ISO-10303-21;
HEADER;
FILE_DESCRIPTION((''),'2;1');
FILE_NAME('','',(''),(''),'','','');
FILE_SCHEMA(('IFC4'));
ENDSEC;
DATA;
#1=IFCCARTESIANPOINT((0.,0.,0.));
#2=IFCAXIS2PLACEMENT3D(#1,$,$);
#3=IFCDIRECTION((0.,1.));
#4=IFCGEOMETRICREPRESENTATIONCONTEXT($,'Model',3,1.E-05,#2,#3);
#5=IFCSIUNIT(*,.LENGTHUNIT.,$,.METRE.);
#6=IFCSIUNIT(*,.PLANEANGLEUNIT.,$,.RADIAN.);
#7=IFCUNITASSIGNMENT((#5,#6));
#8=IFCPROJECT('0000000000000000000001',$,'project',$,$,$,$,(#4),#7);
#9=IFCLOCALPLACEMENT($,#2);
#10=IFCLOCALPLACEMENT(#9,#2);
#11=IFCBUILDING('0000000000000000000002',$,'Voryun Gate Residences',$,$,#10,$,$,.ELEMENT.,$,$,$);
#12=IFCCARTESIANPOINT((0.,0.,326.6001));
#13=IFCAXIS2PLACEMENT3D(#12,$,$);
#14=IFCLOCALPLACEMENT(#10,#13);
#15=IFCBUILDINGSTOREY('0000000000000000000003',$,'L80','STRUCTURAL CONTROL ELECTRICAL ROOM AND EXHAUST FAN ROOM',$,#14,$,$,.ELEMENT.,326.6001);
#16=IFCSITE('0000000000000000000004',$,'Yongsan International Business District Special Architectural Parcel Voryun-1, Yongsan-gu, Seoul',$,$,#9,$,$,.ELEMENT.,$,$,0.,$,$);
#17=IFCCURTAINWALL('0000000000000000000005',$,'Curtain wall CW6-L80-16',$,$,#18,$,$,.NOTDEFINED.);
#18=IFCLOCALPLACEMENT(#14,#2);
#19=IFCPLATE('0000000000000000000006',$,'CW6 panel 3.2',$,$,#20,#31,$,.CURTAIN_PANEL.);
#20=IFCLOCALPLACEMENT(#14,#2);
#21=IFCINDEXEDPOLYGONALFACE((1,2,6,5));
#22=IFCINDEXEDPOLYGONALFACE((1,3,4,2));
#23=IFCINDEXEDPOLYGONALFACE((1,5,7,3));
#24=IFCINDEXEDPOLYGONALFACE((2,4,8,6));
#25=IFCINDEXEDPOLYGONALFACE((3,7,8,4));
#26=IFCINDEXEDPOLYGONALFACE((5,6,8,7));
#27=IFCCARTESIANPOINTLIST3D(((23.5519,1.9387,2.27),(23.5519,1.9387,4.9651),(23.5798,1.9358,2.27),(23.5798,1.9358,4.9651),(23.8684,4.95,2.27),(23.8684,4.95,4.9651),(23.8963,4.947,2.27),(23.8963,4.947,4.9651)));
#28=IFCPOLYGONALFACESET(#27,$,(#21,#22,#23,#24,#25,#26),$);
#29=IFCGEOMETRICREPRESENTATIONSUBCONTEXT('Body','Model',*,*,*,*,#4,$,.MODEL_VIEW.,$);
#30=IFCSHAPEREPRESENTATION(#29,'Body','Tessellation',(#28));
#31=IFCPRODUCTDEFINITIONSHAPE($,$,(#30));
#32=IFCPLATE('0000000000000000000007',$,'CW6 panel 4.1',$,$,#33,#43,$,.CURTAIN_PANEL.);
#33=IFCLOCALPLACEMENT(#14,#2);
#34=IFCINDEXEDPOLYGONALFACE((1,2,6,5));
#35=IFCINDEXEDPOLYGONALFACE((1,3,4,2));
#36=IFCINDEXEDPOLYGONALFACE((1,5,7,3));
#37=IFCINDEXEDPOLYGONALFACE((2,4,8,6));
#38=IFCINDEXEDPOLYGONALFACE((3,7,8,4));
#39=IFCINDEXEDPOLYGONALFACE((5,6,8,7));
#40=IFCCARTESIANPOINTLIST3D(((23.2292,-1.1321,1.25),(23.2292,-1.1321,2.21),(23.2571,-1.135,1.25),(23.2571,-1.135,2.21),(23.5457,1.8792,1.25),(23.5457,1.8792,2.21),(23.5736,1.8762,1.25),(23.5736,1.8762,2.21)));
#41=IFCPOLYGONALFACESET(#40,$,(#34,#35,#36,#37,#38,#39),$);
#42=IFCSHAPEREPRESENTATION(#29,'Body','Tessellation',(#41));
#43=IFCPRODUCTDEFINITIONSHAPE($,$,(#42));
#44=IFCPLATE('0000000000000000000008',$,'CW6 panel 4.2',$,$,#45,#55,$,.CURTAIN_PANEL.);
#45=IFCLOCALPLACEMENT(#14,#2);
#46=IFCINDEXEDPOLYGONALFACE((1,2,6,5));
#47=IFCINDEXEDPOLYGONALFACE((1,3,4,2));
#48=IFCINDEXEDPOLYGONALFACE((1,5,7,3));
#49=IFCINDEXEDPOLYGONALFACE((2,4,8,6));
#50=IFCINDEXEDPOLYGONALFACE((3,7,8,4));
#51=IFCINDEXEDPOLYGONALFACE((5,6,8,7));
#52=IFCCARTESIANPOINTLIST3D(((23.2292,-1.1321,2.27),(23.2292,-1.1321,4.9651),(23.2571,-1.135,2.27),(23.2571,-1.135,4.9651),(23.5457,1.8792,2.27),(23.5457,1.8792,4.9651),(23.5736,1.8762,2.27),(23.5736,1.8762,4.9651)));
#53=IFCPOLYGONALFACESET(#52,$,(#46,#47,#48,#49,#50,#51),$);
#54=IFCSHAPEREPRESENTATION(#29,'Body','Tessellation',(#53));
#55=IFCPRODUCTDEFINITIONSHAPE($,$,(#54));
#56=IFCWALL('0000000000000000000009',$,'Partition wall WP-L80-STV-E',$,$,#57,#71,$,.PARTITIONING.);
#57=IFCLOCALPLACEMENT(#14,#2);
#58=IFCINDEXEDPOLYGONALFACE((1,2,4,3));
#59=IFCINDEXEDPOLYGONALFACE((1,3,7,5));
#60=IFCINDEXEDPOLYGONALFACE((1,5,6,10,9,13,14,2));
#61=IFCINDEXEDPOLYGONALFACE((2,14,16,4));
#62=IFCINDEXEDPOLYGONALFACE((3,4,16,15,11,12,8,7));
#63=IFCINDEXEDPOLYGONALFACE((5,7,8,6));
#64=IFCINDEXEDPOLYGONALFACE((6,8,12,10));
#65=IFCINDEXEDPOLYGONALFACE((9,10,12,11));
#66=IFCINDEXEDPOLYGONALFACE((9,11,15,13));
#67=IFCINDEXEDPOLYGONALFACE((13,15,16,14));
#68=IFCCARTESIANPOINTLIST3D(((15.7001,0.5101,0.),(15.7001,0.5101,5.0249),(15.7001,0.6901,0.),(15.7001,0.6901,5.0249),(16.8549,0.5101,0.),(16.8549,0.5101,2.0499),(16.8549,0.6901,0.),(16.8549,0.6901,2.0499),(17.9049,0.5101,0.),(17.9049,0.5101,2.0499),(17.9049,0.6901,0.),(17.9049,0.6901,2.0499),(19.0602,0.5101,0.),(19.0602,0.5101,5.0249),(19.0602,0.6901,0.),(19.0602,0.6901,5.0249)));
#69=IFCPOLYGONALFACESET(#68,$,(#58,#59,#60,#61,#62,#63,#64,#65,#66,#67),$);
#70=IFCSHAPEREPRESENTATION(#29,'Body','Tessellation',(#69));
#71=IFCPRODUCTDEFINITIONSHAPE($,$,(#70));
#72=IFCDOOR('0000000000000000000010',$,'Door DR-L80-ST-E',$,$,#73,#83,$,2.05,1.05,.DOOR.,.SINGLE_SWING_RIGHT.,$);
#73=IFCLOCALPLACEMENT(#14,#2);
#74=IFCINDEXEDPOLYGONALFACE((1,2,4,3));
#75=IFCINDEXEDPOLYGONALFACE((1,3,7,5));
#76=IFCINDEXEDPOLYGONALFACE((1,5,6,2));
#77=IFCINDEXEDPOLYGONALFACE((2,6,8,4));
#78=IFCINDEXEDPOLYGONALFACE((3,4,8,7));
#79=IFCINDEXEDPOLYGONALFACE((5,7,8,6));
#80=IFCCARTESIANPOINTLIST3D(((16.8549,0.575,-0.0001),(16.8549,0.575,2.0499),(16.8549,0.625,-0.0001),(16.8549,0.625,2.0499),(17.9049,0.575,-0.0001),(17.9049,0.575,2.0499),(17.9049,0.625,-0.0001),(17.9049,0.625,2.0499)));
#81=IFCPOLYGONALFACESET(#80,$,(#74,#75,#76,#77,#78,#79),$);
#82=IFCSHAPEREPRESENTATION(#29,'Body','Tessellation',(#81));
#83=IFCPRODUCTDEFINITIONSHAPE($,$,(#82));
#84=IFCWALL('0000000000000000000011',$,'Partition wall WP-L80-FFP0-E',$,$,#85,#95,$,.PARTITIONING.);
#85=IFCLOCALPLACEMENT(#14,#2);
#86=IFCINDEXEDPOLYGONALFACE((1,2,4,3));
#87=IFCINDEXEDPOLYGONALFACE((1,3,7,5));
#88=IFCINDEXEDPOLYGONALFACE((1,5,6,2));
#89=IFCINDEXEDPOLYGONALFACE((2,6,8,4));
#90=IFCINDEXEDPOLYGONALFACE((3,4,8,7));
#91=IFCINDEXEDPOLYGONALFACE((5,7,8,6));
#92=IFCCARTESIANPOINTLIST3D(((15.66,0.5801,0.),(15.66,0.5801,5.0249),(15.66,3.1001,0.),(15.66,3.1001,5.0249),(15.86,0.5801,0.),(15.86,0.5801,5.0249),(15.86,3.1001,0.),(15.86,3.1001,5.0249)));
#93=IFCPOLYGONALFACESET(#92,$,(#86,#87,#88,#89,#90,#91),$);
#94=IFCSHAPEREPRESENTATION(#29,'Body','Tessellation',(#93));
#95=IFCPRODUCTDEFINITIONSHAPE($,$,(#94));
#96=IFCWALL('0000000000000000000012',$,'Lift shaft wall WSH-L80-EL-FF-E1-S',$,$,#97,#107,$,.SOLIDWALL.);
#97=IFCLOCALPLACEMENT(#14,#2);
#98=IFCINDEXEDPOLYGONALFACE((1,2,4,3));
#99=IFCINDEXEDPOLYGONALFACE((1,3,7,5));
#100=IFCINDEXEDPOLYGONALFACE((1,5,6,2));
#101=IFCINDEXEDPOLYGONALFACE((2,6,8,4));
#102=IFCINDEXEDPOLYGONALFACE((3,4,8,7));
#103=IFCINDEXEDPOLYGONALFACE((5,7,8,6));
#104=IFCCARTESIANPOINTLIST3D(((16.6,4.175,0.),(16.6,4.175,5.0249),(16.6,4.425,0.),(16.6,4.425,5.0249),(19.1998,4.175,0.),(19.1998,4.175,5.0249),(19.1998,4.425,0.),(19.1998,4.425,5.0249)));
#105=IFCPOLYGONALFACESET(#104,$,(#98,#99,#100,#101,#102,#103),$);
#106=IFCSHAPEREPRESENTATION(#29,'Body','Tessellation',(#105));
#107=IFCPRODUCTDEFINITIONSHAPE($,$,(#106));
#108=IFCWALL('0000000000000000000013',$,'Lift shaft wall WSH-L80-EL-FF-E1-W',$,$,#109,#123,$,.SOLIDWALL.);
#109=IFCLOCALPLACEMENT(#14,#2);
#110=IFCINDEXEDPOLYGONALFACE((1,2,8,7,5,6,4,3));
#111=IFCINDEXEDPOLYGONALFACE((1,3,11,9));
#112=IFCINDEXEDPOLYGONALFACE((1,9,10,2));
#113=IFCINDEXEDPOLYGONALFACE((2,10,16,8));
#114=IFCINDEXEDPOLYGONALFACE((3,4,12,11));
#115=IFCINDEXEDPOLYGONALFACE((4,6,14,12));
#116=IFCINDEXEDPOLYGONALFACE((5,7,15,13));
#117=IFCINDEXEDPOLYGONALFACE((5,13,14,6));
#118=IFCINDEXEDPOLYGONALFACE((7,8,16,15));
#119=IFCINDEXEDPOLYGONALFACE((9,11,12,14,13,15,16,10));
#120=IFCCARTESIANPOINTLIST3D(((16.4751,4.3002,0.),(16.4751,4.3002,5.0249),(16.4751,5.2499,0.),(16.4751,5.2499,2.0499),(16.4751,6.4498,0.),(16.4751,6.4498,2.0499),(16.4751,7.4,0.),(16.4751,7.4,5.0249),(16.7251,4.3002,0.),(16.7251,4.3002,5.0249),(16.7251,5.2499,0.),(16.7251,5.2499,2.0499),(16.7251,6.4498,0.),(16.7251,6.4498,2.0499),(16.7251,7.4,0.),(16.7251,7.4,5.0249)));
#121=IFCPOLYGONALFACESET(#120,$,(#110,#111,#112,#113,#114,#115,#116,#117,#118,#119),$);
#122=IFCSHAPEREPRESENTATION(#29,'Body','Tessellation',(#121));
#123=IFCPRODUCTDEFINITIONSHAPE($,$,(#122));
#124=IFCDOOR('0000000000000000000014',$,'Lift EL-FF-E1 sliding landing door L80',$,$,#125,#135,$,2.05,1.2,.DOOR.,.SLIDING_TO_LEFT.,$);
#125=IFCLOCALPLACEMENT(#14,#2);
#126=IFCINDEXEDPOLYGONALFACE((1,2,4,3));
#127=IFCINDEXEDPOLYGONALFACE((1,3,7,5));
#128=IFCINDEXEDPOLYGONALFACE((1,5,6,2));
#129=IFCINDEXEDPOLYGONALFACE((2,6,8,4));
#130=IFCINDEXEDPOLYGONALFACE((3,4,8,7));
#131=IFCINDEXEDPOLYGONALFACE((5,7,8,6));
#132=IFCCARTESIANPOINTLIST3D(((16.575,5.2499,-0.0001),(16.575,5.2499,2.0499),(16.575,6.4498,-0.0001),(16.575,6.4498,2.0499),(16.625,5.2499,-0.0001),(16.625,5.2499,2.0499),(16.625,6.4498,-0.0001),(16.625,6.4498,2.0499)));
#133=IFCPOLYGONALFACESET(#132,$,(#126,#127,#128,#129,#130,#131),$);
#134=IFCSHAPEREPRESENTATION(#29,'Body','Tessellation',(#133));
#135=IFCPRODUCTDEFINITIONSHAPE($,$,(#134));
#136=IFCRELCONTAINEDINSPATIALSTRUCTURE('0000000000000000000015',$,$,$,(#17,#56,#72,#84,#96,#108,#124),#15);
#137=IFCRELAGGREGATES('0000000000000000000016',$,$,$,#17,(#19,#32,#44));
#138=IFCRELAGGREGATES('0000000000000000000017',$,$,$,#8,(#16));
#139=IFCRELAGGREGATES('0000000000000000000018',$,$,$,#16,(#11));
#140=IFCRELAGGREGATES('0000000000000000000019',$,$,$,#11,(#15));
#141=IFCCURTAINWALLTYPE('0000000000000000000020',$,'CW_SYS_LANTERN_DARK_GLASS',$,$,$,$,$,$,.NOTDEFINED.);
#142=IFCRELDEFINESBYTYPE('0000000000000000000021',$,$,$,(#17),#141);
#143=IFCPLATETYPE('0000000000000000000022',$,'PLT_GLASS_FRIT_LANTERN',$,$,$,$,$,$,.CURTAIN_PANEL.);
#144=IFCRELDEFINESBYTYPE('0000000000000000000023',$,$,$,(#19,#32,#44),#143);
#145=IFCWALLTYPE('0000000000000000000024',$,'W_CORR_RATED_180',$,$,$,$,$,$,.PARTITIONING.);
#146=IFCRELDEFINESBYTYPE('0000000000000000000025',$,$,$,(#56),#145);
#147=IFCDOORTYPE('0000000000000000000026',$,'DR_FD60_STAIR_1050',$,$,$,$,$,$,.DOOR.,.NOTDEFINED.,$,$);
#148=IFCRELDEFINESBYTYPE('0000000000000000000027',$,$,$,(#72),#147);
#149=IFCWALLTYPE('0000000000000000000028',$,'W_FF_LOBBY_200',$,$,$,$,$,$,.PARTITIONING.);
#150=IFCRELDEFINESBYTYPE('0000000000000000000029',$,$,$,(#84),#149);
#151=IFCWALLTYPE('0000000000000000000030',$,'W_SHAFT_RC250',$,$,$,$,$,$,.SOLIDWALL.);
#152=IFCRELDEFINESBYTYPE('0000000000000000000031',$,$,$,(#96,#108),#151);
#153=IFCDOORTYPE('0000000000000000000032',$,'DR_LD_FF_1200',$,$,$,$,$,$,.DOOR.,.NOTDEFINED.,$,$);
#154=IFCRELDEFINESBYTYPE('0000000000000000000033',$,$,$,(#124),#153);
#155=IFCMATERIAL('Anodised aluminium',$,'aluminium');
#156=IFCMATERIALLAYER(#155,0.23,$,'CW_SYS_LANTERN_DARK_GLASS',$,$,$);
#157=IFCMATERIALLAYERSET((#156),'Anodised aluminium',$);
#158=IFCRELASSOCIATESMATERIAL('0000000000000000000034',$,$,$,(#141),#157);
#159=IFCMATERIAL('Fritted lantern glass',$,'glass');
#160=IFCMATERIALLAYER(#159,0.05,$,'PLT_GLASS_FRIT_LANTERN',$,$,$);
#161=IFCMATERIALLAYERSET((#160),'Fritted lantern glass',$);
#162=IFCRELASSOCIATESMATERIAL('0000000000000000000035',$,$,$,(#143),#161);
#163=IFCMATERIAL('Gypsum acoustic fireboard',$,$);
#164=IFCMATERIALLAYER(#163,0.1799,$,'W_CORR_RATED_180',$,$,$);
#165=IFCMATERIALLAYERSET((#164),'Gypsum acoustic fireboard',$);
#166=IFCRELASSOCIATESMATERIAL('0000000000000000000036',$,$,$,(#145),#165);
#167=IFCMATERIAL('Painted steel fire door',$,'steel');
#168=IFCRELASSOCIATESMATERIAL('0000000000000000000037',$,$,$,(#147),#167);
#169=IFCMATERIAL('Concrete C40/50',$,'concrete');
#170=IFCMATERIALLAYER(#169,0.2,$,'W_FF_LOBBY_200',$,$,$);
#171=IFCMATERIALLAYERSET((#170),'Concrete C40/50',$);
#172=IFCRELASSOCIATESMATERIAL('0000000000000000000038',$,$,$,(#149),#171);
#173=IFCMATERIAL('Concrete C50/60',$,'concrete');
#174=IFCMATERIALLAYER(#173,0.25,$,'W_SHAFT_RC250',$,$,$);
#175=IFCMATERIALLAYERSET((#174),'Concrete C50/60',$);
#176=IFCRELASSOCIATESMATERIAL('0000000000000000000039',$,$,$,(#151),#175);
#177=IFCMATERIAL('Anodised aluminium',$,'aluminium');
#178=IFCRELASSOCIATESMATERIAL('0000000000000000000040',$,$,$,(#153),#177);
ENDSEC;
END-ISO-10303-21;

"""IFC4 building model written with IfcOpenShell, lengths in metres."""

from ifc_helpers import new_model, si_unit, direction, frame, frame_2d, origin, origin_2d, place, context, subcontext, project, spatial, rectangle, extrude, material, layer, layer_set, type_object, element, fill, aggregate, save


model = new_model("IFC4")

# Units and contexts
model_context = context("Model", 3, precision=1e-05, world=origin(), true_north=direction((0.0, 1.0)))
body_context = subcontext(model_context, "Body", "Model", "MODEL_VIEW")
ifc_project = project(units=[si_unit("LENGTHUNIT", "METRE"), si_unit("PLANEANGLEUNIT", "RADIAN")], contexts=[model_context])

# Site, building, storey
site_placement = place(None, origin())
site = spatial("IfcSite", under=ifc_project, at=site_placement, Name="Yongsan International Business District Special Architectural Parcel Voryun-1, Yongsan-gu, Seoul", CompositionType="ELEMENT", RefElevation=0.0)
building_placement = place(site_placement, origin())
building = spatial("IfcBuilding", under=site, at=building_placement, Name="Voryun Gate Residences", CompositionType="ELEMENT")
storey_placement = place(building_placement, frame((0.0, 0.0, 326.6001)))
storey = spatial("IfcBuildingStorey", under=building, at=storey_placement, Name="L80", Description="STRUCTURAL CONTROL ELECTRICAL ROOM AND EXHAUST FAN ROOM", CompositionType="ELEMENT", Elevation=326.6001)

# Curtain wall
ifc_material_1 = material(Name="Anodised aluminium", Category="aluminium")
ifc_layer_1 = layer(ifc_material_1, 0.23, Name="CW_SYS_LANTERN_DARK_GLASS")
ifc_layer_set_1 = layer_set([ifc_layer_1], Name="Anodised aluminium")
curtain_wall_type = type_object("IfcCurtainWallType", Name="CW_SYS_LANTERN_DARK_GLASS", PredefinedType="NOTDEFINED", material=ifc_layer_set_1)
curtain_wall_placement = place(storey_placement, origin())
curtain_wall = element("IfcCurtainWall", 1, at=curtain_wall_placement, inside=storey, type_object=curtain_wall_type, Name="Curtain wall CW6-L80-16", PredefinedType="NOTDEFINED")

# Plates
ifc_material_2 = material(Name="Fritted lantern glass", Category="glass")
ifc_layer_2 = layer(ifc_material_2, 0.05, Name="PLT_GLASS_FRIT_LANTERN")
ifc_layer_set_2 = layer_set([ifc_layer_2], Name="Fritted lantern glass")
plate_type_1 = type_object("IfcPlateType", Name="PLT_GLASS_FRIT_LANTERN", PredefinedType="CURTAIN_PANEL", material=ifc_layer_set_2)
plate_1_placement = place(storey_placement, frame((23.7241, 3.4429, 2.27), z_axis=(0.0, 0.0, 1.0), x_axis=(-0.104528, -0.994522, 0.0)))
plate_1 = element("IfcPlate", 2, at=plate_1_placement, type_object=plate_type_1, Name="CW6 panel 3.2", PredefinedType="CURTAIN_PANEL", context=body_context, shape_type="SweptSolid", body=[
    extrude(rectangle(XDim=3.0278, YDim=0.0281, at=origin_2d()), origin(), (0.0, 0.0, 1.0), 2.6951),
])
plate_2_placement = place(storey_placement, frame((23.4014, 0.3721, 1.25), z_axis=(0.0, 0.0, 1.0), x_axis=(-0.104528, -0.994522, 0.0)))
plate_2 = element("IfcPlate", 3, at=plate_2_placement, type_object=plate_type_1, Name="CW6 panel 4.1", PredefinedType="CURTAIN_PANEL", context=body_context, shape_type="SweptSolid", body=[
    extrude(rectangle(XDim=3.0278, YDim=0.0281, at=origin_2d()), origin(), (0.0, 0.0, 1.0), 0.96),
])
plate_3_placement = place(storey_placement, frame((23.4014, 0.3721, 2.27), z_axis=(0.0, 0.0, 1.0), x_axis=(-0.104528, -0.994522, 0.0)))
plate_3 = element("IfcPlate", 4, at=plate_3_placement, type_object=plate_type_1, Name="CW6 panel 4.2", PredefinedType="CURTAIN_PANEL", context=body_context, shape_type="SweptSolid", body=[
    extrude(rectangle(XDim=3.0278, YDim=0.0281, at=origin_2d()), origin(), (0.0, 0.0, 1.0), 2.6951),
])
aggregate(curtain_wall, [plate_1, plate_2, plate_3])

# Wall, opening, door
ifc_material_3 = material(Name="Gypsum acoustic fireboard")
ifc_layer_3 = layer(ifc_material_3, 0.1799, Name="W_CORR_RATED_180")
ifc_layer_set_3 = layer_set([ifc_layer_3], Name="Gypsum acoustic fireboard")
wall_type_1 = type_object("IfcWallType", Name="W_CORR_RATED_180", PredefinedType="PARTITIONING", material=ifc_layer_set_3)
wall_1_placement = place(storey_placement, frame((15.7, 0.6001, 0.0), z_axis=(0.0, 0.0, 1.0), x_axis=(1.0, 0.0, 0.0)))
wall_1 = element("IfcWall", 5, at=wall_1_placement, inside=storey, type_object=wall_type_1, Name="Partition wall WP-L80-STV-E", PredefinedType="PARTITIONING", context=body_context, shape_type="SweptSolid", body=[
    extrude(rectangle(XDim=3.3601, YDim=0.1799, at=frame_2d((1.6802, 0.0))), origin(), (0.0, 0.0, 1.0), 5.0249),
])
opening_1_placement = place(wall_1_placement, frame((1.155, 0.0, 0.0)))
opening_1 = element("IfcOpeningElement", 6, at=opening_1_placement, cuts=wall_1, PredefinedType="OPENING", context=body_context, shape_type="SweptSolid", body=[
    extrude(rectangle(XDim=1.05, YDim=2.05, at=frame_2d((0.5249, 1.0249))), frame((0.0, 0.0999, 0.0), z_axis=(0.0, -1.0, 0.0), x_axis=(1.0, 0.0, 0.0)), (0.0, 0.0, 1.0), 0.2),
])
ifc_material_4 = material(Name="Painted steel fire door", Category="steel")
door_type_1 = type_object("IfcDoorType", Name="DR_FD60_STAIR_1050", OperationType="NOTDEFINED", PredefinedType="DOOR", material=ifc_material_4)
door_1_placement = place(opening_1_placement, origin())
door_1 = element("IfcDoor", 7, at=door_1_placement, inside=storey, type_object=door_type_1, Name="Door DR-L80-ST-E", OperationType="SINGLE_SWING_RIGHT", OverallHeight=2.05, OverallWidth=1.05, PredefinedType="DOOR", context=body_context, shape_type="SweptSolid", body=[
    extrude(rectangle(XDim=1.05, YDim=2.05, at=frame_2d((0.5249, 1.0249))), frame((0.0, 0.0249, 0.0), z_axis=(0.0, -1.0, 0.0), x_axis=(1.0, 0.0, 0.0)), (0.0, 0.0, 1.0), 0.05),
])
fill(opening_1, door_1)

# Walls
ifc_material_5 = material(Name="Concrete C40/50", Category="concrete")
ifc_layer_4 = layer(ifc_material_5, 0.2, Name="W_FF_LOBBY_200")
ifc_layer_set_4 = layer_set([ifc_layer_4], Name="Concrete C40/50")
wall_type_2 = type_object("IfcWallType", Name="W_FF_LOBBY_200", PredefinedType="PARTITIONING", material=ifc_layer_set_4)
wall_2_placement = place(storey_placement, frame((15.76, 0.5801, 0.0), z_axis=(0.0, 0.0, 1.0), x_axis=(0.0, 1.0, 0.0)))
element("IfcWall", 8, at=wall_2_placement, inside=storey, type_object=wall_type_2, Name="Partition wall WP-L80-FFP0-E", PredefinedType="PARTITIONING", context=body_context, shape_type="SweptSolid", body=[
    extrude(rectangle(XDim=2.52, YDim=0.2, at=frame_2d((1.26, 0.0))), origin(), (0.0, 0.0, 1.0), 5.0249),
])
ifc_material_6 = material(Name="Concrete C50/60", Category="concrete")
ifc_layer_5 = layer(ifc_material_6, 0.25, Name="W_SHAFT_RC250")
ifc_layer_set_5 = layer_set([ifc_layer_5], Name="Concrete C50/60")
wall_type_3 = type_object("IfcWallType", Name="W_SHAFT_RC250", PredefinedType="SOLIDWALL", material=ifc_layer_set_5)
wall_3_placement = place(storey_placement, frame((16.6001, 4.3, 0.0), z_axis=(0.0, 0.0, 1.0), x_axis=(1.0, 0.0, 0.0)))
element("IfcWall", 9, at=wall_3_placement, inside=storey, type_object=wall_type_3, Name="Lift shaft wall WSH-L80-EL-FF-E1-S", PredefinedType="SOLIDWALL", context=body_context, shape_type="SweptSolid", body=[
    extrude(rectangle(XDim=2.5999, YDim=0.25, at=frame_2d((1.2998, 0.0))), origin(), (0.0, 0.0, 1.0), 5.0249),
])

# Wall, opening, door
wall_4_placement = place(storey_placement, frame((16.6001, 7.3999, 0.0), z_axis=(0.0, 0.0, 1.0), x_axis=(0.0, -1.0, 0.0)))
wall_4 = element("IfcWall", 10, at=wall_4_placement, inside=storey, type_object=wall_type_3, Name="Lift shaft wall WSH-L80-EL-FF-E1-W", PredefinedType="SOLIDWALL", context=body_context, shape_type="SweptSolid", body=[
    extrude(rectangle(XDim=3.0999, YDim=0.25, at=frame_2d((1.5498, 0.0))), origin(), (0.0, 0.0, 1.0), 5.0249),
])
opening_2_placement = place(wall_4_placement, frame((0.95, 0.0, 0.0)))
opening_2 = element("IfcOpeningElement", 11, at=opening_2_placement, cuts=wall_4, PredefinedType="OPENING", context=body_context, shape_type="SweptSolid", body=[
    extrude(rectangle(XDim=1.2, YDim=2.05, at=frame_2d((0.6001, 1.0249))), frame((0.0, 0.135, 0.0), z_axis=(0.0, -1.0, 0.0), x_axis=(1.0, 0.0, 0.0)), (0.0, 0.0, 1.0), 0.27),
])
ifc_material_7 = material(Name="Anodised aluminium", Category="aluminium")
door_type_2 = type_object("IfcDoorType", Name="DR_LD_FF_1200", OperationType="NOTDEFINED", PredefinedType="DOOR", material=ifc_material_7)
door_2_placement = place(opening_2_placement, origin())
door_2 = element("IfcDoor", 12, at=door_2_placement, inside=storey, type_object=door_type_2, Name="Lift EL-FF-E1 sliding landing door L80", OperationType="SLIDING_TO_LEFT", OverallHeight=2.05, OverallWidth=1.2, PredefinedType="DOOR", context=body_context, shape_type="SweptSolid", body=[
    extrude(rectangle(XDim=1.2, YDim=2.05, at=frame_2d((0.6001, 1.0249))), frame((0.0, 0.0249, 0.0), z_axis=(0.0, -1.0, 0.0), x_axis=(1.0, 0.0, 0.0)), (0.0, 0.0, 1.0), 0.05),
])
fill(opening_2, door_2)

save(model, "model.ifc")
